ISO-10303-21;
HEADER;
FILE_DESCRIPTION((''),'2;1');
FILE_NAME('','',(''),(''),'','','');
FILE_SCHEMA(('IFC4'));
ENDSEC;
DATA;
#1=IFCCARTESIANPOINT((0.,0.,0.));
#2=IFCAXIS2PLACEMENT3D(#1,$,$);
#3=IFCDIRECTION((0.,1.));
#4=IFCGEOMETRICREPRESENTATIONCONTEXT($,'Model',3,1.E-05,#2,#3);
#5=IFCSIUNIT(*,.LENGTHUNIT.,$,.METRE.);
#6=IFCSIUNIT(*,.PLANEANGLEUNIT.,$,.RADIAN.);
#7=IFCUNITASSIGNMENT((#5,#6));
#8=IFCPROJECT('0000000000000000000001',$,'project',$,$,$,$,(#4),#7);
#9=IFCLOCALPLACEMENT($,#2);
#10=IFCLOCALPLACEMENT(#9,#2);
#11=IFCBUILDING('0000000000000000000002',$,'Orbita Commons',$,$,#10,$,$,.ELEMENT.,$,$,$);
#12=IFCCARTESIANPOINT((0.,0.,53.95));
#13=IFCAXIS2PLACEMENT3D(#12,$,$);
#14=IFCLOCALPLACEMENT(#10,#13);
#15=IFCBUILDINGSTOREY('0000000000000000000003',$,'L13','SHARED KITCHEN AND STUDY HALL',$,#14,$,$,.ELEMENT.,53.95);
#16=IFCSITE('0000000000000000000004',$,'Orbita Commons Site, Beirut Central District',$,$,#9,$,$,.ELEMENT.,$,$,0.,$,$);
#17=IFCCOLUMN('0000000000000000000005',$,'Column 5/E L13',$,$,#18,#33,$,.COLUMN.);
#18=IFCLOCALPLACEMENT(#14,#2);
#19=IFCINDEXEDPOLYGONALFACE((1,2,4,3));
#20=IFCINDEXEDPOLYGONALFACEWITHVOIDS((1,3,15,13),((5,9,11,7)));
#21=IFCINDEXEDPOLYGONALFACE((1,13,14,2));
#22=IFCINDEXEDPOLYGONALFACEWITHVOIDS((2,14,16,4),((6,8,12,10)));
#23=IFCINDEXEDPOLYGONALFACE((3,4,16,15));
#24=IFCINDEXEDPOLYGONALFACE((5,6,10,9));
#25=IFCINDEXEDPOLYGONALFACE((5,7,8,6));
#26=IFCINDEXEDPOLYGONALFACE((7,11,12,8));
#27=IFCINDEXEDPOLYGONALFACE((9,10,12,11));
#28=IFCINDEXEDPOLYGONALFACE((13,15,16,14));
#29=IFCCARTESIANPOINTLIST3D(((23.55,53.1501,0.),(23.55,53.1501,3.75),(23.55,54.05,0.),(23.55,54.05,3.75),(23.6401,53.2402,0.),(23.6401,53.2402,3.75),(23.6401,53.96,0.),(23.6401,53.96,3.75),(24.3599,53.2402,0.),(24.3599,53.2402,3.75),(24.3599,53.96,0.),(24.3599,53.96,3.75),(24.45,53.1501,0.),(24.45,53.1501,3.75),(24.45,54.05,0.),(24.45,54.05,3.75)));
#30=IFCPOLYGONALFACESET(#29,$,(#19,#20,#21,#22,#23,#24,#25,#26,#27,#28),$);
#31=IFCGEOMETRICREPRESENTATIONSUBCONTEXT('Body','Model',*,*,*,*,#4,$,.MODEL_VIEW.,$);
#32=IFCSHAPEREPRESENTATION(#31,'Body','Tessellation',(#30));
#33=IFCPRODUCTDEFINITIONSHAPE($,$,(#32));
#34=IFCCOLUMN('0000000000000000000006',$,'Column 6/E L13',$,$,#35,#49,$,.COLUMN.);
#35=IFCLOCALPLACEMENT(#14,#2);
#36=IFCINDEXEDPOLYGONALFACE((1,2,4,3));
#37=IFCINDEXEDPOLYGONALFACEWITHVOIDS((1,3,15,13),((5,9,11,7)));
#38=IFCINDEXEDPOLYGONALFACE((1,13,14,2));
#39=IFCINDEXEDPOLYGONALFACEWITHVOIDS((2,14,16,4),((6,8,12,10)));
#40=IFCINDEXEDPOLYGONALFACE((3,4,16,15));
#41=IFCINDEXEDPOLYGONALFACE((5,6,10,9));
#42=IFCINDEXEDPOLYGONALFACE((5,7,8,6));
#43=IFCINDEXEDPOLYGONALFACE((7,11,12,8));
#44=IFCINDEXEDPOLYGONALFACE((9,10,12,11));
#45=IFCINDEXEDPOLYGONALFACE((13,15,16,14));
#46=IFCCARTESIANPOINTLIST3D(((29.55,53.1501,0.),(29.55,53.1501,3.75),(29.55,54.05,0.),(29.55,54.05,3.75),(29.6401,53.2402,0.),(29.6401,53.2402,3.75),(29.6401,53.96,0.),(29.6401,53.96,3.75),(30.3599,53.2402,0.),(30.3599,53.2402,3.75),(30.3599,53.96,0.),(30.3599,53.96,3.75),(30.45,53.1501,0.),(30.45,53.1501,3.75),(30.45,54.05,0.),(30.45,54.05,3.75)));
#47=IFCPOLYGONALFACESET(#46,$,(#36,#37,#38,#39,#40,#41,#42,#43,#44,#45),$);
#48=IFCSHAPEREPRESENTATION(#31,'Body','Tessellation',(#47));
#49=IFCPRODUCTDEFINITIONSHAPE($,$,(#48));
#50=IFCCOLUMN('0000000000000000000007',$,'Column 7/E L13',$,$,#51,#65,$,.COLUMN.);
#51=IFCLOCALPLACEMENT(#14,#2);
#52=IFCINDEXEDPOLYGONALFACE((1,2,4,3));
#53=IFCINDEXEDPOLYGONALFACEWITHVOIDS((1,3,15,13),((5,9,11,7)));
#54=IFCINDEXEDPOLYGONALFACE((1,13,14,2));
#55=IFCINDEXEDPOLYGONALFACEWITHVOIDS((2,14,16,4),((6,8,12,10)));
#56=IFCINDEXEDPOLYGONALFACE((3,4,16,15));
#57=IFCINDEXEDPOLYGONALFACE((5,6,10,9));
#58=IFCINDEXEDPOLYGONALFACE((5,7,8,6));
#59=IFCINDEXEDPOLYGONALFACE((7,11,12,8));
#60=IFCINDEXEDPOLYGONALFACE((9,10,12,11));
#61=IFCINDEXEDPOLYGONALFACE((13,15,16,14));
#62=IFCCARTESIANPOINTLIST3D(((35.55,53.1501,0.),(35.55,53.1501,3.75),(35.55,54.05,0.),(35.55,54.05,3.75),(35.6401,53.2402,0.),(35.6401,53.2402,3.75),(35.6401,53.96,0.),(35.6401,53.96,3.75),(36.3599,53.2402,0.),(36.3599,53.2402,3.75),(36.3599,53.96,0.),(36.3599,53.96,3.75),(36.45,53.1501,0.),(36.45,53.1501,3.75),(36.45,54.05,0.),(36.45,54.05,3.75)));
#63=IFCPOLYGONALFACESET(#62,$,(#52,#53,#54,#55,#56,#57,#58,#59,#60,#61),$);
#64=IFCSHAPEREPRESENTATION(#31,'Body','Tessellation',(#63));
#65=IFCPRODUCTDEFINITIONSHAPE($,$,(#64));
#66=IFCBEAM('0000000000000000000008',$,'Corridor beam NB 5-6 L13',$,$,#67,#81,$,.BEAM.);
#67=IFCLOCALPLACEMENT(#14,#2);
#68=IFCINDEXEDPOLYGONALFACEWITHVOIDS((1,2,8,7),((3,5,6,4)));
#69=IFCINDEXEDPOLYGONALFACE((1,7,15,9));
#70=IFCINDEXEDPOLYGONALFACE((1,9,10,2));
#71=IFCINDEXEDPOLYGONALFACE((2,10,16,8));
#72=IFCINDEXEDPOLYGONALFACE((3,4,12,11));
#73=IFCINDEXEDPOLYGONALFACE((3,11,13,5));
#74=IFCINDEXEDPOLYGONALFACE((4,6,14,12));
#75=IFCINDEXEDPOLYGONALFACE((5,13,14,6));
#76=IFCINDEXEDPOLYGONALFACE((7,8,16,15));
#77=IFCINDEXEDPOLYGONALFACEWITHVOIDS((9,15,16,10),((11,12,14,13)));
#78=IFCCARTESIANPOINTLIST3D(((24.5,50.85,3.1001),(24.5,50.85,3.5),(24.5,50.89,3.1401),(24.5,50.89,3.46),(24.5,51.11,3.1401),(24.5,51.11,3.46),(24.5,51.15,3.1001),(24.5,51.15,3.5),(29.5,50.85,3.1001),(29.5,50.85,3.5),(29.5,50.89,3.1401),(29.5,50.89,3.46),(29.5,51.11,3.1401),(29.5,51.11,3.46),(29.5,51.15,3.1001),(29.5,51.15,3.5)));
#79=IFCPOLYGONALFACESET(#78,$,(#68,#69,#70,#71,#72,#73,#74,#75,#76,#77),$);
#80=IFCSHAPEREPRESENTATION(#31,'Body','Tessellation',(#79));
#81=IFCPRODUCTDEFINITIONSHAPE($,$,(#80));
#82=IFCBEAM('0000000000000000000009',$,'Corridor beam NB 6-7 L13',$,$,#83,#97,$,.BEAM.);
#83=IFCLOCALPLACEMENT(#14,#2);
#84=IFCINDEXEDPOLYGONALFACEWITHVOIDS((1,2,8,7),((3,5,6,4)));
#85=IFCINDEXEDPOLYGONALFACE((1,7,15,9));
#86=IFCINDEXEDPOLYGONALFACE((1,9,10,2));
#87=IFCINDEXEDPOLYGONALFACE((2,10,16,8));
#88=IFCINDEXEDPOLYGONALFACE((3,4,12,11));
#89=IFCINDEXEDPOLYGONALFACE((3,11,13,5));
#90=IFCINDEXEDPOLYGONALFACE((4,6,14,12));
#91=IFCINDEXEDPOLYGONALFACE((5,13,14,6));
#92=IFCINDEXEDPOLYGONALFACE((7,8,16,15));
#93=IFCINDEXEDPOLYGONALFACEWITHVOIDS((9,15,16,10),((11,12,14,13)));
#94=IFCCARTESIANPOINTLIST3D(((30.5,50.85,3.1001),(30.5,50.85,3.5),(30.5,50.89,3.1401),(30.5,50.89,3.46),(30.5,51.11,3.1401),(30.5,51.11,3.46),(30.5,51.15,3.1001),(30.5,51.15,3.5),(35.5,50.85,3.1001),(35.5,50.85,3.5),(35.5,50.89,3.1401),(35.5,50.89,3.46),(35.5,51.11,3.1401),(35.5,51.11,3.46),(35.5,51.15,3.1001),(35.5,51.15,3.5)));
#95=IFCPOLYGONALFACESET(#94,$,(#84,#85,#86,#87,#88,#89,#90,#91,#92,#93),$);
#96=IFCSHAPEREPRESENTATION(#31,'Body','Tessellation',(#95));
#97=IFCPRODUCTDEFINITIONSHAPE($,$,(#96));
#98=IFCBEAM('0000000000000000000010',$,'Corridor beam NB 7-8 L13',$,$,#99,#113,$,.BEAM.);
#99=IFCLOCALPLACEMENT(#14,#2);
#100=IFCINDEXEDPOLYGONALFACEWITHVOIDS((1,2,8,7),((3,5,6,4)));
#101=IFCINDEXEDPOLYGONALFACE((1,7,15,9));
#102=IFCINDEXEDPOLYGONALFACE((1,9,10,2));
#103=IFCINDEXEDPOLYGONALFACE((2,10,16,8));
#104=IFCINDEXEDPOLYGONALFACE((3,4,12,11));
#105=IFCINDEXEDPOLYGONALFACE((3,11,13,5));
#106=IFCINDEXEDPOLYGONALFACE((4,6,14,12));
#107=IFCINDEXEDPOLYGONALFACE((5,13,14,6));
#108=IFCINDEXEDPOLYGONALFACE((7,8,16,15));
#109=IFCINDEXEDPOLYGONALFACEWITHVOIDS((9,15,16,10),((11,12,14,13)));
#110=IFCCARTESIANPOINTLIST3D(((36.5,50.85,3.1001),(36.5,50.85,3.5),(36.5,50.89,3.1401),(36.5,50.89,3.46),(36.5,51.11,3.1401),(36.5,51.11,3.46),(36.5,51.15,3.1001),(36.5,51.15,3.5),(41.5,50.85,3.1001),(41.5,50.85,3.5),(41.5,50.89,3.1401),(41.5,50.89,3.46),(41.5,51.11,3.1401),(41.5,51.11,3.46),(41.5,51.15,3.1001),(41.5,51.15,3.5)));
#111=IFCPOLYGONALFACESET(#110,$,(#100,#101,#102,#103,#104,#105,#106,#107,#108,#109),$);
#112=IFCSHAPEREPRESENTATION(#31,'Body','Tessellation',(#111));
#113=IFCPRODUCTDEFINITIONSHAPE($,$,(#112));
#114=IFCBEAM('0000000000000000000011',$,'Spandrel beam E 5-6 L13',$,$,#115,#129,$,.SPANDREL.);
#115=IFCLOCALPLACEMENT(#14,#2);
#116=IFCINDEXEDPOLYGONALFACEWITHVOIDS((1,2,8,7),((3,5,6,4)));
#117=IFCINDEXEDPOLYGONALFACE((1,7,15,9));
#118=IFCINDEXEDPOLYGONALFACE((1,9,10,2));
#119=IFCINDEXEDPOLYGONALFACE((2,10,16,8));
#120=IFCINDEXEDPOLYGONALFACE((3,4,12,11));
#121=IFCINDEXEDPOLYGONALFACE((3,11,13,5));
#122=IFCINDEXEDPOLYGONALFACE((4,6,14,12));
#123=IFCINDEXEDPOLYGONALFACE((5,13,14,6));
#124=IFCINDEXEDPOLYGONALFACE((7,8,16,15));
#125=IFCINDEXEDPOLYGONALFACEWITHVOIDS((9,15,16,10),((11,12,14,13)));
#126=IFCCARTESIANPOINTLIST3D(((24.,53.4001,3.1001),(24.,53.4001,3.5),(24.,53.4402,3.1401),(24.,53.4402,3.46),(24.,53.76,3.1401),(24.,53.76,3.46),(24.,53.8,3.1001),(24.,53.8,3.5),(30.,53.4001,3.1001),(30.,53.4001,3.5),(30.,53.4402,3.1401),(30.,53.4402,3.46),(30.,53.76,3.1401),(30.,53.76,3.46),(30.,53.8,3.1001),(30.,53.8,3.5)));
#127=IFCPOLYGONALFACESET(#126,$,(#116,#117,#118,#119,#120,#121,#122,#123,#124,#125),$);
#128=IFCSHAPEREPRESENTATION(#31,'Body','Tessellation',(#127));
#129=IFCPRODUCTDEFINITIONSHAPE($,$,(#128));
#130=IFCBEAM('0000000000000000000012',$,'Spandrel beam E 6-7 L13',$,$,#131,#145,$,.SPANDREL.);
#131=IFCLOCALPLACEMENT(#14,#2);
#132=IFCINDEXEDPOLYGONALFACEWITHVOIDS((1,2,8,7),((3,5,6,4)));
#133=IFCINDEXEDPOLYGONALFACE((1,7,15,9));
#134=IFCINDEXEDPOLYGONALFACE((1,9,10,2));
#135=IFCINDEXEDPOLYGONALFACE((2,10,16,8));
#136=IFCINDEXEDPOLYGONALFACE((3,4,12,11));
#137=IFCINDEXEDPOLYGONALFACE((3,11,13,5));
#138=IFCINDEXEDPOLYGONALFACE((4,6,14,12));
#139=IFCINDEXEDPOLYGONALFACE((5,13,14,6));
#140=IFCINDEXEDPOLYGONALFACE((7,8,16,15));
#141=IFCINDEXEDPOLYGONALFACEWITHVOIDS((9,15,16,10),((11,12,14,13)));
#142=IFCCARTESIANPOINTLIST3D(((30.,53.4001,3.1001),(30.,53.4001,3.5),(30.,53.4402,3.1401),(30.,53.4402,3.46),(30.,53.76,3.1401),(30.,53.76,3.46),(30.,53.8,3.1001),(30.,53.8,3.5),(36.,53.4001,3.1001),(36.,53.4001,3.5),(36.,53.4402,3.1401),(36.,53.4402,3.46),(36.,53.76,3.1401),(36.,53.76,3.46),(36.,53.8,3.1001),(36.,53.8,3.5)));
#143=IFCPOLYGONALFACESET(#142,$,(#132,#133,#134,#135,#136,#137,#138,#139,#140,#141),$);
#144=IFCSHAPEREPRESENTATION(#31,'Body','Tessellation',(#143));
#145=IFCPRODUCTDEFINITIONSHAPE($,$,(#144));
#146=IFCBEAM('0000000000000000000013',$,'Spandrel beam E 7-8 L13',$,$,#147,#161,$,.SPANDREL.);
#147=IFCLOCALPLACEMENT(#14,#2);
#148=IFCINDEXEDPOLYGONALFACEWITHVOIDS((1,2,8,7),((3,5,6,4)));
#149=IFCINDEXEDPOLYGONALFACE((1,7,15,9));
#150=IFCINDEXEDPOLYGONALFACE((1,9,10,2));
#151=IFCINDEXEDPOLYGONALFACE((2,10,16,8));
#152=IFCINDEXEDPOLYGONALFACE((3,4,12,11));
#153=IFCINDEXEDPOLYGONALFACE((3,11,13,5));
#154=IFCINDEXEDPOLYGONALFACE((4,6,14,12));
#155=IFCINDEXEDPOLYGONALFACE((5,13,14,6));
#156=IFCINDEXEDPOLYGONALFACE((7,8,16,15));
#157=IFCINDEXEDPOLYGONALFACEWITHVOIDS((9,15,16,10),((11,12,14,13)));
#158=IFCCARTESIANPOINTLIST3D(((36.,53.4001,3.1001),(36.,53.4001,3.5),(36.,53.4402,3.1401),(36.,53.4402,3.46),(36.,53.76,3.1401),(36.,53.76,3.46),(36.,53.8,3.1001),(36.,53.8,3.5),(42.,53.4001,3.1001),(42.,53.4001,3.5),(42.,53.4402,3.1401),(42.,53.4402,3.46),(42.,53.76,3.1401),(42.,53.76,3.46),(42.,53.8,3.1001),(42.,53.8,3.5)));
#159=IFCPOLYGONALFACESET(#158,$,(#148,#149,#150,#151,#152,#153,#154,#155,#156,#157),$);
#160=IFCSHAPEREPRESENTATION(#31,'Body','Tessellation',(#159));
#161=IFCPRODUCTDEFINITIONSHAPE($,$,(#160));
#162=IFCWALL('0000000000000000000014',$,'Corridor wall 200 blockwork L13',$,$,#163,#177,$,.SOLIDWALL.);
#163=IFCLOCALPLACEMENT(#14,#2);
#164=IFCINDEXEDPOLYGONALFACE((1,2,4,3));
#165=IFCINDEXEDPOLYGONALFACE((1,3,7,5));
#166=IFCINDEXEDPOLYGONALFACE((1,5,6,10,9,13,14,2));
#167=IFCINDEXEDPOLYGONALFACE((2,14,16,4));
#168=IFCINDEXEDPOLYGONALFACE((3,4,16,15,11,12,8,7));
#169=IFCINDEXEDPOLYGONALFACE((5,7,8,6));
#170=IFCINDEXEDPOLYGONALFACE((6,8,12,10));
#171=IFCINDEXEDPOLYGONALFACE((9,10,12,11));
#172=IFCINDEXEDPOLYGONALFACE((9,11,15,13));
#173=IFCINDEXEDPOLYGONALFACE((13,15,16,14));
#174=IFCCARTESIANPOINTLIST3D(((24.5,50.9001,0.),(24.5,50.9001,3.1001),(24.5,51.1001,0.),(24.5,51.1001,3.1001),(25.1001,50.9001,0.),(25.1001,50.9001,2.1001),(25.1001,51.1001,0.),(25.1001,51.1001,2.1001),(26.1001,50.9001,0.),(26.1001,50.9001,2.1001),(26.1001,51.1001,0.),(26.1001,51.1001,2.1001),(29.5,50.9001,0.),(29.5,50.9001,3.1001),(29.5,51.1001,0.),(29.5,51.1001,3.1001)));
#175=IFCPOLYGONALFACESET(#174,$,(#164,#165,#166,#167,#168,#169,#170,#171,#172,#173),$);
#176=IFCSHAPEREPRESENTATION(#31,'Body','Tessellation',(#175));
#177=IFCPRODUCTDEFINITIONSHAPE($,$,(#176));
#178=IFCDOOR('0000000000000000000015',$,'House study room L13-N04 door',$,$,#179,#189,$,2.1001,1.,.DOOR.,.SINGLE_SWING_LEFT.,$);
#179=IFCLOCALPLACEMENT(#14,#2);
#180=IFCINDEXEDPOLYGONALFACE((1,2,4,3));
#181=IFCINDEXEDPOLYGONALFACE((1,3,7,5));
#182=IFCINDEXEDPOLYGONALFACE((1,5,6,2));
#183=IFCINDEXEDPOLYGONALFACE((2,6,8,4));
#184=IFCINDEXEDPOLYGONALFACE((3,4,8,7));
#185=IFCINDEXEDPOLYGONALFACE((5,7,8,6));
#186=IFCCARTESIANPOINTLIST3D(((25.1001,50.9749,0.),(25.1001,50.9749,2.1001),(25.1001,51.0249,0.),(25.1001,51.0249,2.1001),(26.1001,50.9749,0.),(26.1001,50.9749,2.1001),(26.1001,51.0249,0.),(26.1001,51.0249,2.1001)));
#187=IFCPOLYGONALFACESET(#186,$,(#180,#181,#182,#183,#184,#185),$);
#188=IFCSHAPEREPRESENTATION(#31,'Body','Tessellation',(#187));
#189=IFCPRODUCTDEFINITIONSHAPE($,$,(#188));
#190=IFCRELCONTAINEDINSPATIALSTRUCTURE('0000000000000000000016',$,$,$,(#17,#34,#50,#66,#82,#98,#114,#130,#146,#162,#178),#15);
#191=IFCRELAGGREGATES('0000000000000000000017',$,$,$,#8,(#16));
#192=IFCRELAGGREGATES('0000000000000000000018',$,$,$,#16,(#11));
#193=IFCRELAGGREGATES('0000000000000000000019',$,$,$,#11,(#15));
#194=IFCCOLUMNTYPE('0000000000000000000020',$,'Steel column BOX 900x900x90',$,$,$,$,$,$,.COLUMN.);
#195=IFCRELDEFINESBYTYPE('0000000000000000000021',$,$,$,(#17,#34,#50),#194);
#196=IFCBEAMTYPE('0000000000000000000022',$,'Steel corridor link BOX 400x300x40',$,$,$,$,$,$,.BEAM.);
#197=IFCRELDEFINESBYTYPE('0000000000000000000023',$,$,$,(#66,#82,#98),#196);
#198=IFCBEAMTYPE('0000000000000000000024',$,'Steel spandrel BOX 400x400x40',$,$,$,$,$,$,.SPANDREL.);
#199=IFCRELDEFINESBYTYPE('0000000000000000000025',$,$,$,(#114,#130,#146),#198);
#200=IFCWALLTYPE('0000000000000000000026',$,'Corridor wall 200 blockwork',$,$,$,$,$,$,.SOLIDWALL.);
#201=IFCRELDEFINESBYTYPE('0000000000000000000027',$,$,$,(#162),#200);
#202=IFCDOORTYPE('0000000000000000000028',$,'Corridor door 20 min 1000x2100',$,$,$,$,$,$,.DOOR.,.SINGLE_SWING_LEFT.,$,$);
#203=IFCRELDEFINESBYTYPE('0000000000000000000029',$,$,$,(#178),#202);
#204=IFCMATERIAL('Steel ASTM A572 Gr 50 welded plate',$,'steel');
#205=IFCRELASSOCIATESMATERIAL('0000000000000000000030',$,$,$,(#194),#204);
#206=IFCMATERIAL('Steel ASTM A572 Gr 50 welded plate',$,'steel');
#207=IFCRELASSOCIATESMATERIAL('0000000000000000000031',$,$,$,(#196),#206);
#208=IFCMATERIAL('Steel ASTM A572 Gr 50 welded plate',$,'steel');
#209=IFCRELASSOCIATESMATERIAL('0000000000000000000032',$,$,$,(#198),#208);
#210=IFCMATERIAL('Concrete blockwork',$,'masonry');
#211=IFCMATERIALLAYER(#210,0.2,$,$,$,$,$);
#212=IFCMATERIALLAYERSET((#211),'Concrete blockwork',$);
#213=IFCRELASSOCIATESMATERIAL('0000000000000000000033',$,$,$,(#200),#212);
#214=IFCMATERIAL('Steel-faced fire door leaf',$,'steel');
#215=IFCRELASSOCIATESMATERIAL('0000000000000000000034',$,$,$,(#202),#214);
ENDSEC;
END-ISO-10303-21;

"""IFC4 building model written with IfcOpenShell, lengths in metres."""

from ifc_helpers import new_model, si_unit, direction, frame, frame_2d, origin, origin_2d, place, context, subcontext, project, spatial, polyline, rectangle, hollow_rectangle, outline, extrude, material, layer, layer_set, material_profile, profile_set, type_object, element, fill, save


model = new_model("IFC4")

# Units and contexts
model_context = context("Model", 3, precision=1e-05, world=origin(), true_north=direction((0.0, 1.0)))
body_context = subcontext(model_context, "Body", "Model", "MODEL_VIEW")
ifc_project = project(units=[si_unit("LENGTHUNIT", "METRE"), si_unit("PLANEANGLEUNIT", "RADIAN")], contexts=[model_context])

# Site, building, storey
site_placement = place(None, origin())
site = spatial("IfcSite", under=ifc_project, at=site_placement, Name="Orbita Commons Site, Beirut Central District", CompositionType="ELEMENT", RefElevation=0.0)
building_placement = place(site_placement, origin())
building = spatial("IfcBuilding", under=site, at=building_placement, Name="Orbita Commons", CompositionType="ELEMENT")
storey_placement = place(building_placement, frame((0.0, 0.0, 53.95)))
storey = spatial("IfcBuildingStorey", under=building, at=storey_placement, Name="L13", Description="SHARED KITCHEN AND STUDY HALL", CompositionType="ELEMENT", Elevation=53.95)

# Columns
ifc_material_1 = material(Name="Steel ASTM A572 Gr 50 welded plate", Category="steel")
ifc_material_profile_1 = material_profile(ifc_material_1, hollow_rectangle(XDim=0.8999, YDim=0.8999, WallThickness=0.0901, at=origin_2d()), Name="BOX 900x900x90")
ifc_profile_set_1 = profile_set([ifc_material_profile_1], Name="Steel ASTM A572 Gr 50 welded plate")
column_type = type_object("IfcColumnType", Name="Steel column BOX 900x900x90", PredefinedType="COLUMN", material=ifc_profile_set_1)
for number, where, z_axis, x_axis, name in (
    (1, (24.0, 53.6001, 0.0), (0.0, 0.0, 1.0), (1.0, 0.0, 0.0), "Column 5/E L13"),
    (2, (30.0, 53.6001, 0.0), (0.0, 0.0, 1.0), (1.0, 0.0, 0.0), "Column 6/E L13"),
    (3, (36.0, 53.6001, 0.0), (0.0, 0.0, 1.0), (1.0, 0.0, 0.0), "Column 7/E L13"),
):
    element("IfcColumn", number, at=place(storey_placement, frame(where, z_axis=z_axis, x_axis=x_axis)), inside=storey, type_object=column_type, Name=name, PredefinedType="COLUMN", context=body_context, shape_type="SweptSolid", body=[
        extrude(hollow_rectangle(XDim=0.8999, YDim=0.8999, WallThickness=0.0901, at=origin_2d()), origin(), (0.0, 0.0, 1.0), 3.75),
    ])

# Beams
ifc_material_2 = material(Name="Steel ASTM A572 Gr 50 welded plate", Category="steel")
ifc_material_profile_2 = material_profile(ifc_material_2, hollow_rectangle(XDim=0.3, YDim=0.3999, WallThickness=0.04, at=origin_2d()), Name="BOX 400x300x40")
ifc_profile_set_2 = profile_set([ifc_material_profile_2], Name="Steel ASTM A572 Gr 50 welded plate")
beam_type_1 = type_object("IfcBeamType", Name="Steel corridor link BOX 400x300x40", PredefinedType="BEAM", material=ifc_profile_set_2)
for number, where, z_axis, x_axis, name in (
    (4, (24.5, 51.0, 3.3), (1.0, 0.0, 0.0), (0.0, 1.0, 0.0), "Corridor beam NB 5-6 L13"),
    (5, (30.5, 51.0, 3.3), (1.0, 0.0, 0.0), (0.0, 1.0, 0.0), "Corridor beam NB 6-7 L13"),
    (6, (36.5, 51.0, 3.3), (1.0, 0.0, 0.0), (0.0, 1.0, 0.0), "Corridor beam NB 7-8 L13"),
):
    element("IfcBeam", number, at=place(storey_placement, frame(where, z_axis=z_axis, x_axis=x_axis)), inside=storey, type_object=beam_type_1, Name=name, PredefinedType="BEAM", context=body_context, shape_type="SweptSolid", body=[
        extrude(hollow_rectangle(XDim=0.3, YDim=0.3999, WallThickness=0.04, at=origin_2d()), origin(), (0.0, 0.0, 1.0), 5.0),
    ])
ifc_material_3 = material(Name="Steel ASTM A572 Gr 50 welded plate", Category="steel")
ifc_material_profile_3 = material_profile(ifc_material_3, hollow_rectangle(XDim=0.3999, YDim=0.3999, WallThickness=0.04, at=origin_2d()), Name="BOX 400x400x40")
ifc_profile_set_3 = profile_set([ifc_material_profile_3], Name="Steel ASTM A572 Gr 50 welded plate")
beam_type_2 = type_object("IfcBeamType", Name="Steel spandrel BOX 400x400x40", PredefinedType="SPANDREL", material=ifc_profile_set_3)
for number, where, z_axis, x_axis, name in (
    (7, (24.0, 53.6001, 3.3), (1.0, 0.0, 0.0), (0.0, 1.0, 0.0), "Spandrel beam E 5-6 L13"),
    (8, (30.0, 53.6001, 3.3), (1.0, 0.0, 0.0), (0.0, 1.0, 0.0), "Spandrel beam E 6-7 L13"),
    (9, (36.0, 53.6001, 3.3), (1.0, 0.0, 0.0), (0.0, 1.0, 0.0), "Spandrel beam E 7-8 L13"),
):
    element("IfcBeam", number, at=place(storey_placement, frame(where, z_axis=z_axis, x_axis=x_axis)), inside=storey, type_object=beam_type_2, Name=name, PredefinedType="SPANDREL", context=body_context, shape_type="SweptSolid", body=[
        extrude(hollow_rectangle(XDim=0.3999, YDim=0.3999, WallThickness=0.04, at=origin_2d()), origin(), (0.0, 0.0, 1.0), 6.0),
    ])

# Wall, opening, door
ifc_material_4 = material(Name="Concrete blockwork", Category="masonry")
ifc_layer_1 = layer(ifc_material_4, 0.2)
ifc_layer_set_1 = layer_set([ifc_layer_1], Name="Concrete blockwork")
wall_type_1 = type_object("IfcWallType", Name="Corridor wall 200 blockwork", PredefinedType="SOLIDWALL", material=ifc_layer_set_1)
wall_1_placement = place(storey_placement, frame((24.5, 51.0, 0.0), z_axis=(0.0, 0.0, 1.0), x_axis=(1.0, 0.0, 0.0)))
wall_1 = element("IfcWall", 10, at=wall_1_placement, inside=storey, type_object=wall_type_1, Name="Corridor wall 200 blockwork L13", PredefinedType="SOLIDWALL", context=body_context, shape_type="SweptSolid", body=[
    extrude(outline(polyline([(0.0, 0.0), (5.0, 0.0), (5.0, 3.1001), (0.0, 3.1001), (0.0, 0.0)])), frame((0.0, 0.1001, 0.0), z_axis=(0.0, -1.0, 0.0), x_axis=(1.0, 0.0, 0.0)), (0.0, 0.0, 1.0), 0.2),
])
opening_1_placement = place(wall_1_placement, frame((0.6001, 0.0, 0.0)))
opening_1 = element("IfcOpeningElement", 11, at=opening_1_placement, cuts=wall_1, PredefinedType="OPENING", context=body_context, shape_type="SweptSolid", body=[
    extrude(rectangle(XDim=1.0, YDim=2.1001, at=frame_2d((0.5, 1.05))), frame((0.0, 0.1099, 0.0), z_axis=(0.0, -1.0, 0.0), x_axis=(1.0, 0.0, 0.0)), (0.0, 0.0, 1.0), 0.22),
])
ifc_material_5 = material(Name="Steel-faced fire door leaf", Category="steel")
door_type_1 = type_object("IfcDoorType", Name="Corridor door 20 min 1000x2100", OperationType="SINGLE_SWING_LEFT", PredefinedType="DOOR", material=ifc_material_5)
door_1_placement = place(opening_1_placement, origin())
door_1 = element("IfcDoor", 12, at=door_1_placement, inside=storey, type_object=door_type_1, Name="House study room L13-N04 door", OperationType="SINGLE_SWING_LEFT", OverallHeight=2.1001, OverallWidth=1.0, PredefinedType="DOOR", context=body_context, shape_type="SweptSolid", body=[
    extrude(rectangle(XDim=1.0, YDim=2.1001, at=frame_2d((0.5, 1.05))), frame((0.0, 0.0249, 0.0), z_axis=(0.0, -1.0, 0.0), x_axis=(1.0, 0.0, 0.0)), (0.0, 0.0, 1.0), 0.05),
])
fill(opening_1, door_1)

save(model, "model.ifc")
